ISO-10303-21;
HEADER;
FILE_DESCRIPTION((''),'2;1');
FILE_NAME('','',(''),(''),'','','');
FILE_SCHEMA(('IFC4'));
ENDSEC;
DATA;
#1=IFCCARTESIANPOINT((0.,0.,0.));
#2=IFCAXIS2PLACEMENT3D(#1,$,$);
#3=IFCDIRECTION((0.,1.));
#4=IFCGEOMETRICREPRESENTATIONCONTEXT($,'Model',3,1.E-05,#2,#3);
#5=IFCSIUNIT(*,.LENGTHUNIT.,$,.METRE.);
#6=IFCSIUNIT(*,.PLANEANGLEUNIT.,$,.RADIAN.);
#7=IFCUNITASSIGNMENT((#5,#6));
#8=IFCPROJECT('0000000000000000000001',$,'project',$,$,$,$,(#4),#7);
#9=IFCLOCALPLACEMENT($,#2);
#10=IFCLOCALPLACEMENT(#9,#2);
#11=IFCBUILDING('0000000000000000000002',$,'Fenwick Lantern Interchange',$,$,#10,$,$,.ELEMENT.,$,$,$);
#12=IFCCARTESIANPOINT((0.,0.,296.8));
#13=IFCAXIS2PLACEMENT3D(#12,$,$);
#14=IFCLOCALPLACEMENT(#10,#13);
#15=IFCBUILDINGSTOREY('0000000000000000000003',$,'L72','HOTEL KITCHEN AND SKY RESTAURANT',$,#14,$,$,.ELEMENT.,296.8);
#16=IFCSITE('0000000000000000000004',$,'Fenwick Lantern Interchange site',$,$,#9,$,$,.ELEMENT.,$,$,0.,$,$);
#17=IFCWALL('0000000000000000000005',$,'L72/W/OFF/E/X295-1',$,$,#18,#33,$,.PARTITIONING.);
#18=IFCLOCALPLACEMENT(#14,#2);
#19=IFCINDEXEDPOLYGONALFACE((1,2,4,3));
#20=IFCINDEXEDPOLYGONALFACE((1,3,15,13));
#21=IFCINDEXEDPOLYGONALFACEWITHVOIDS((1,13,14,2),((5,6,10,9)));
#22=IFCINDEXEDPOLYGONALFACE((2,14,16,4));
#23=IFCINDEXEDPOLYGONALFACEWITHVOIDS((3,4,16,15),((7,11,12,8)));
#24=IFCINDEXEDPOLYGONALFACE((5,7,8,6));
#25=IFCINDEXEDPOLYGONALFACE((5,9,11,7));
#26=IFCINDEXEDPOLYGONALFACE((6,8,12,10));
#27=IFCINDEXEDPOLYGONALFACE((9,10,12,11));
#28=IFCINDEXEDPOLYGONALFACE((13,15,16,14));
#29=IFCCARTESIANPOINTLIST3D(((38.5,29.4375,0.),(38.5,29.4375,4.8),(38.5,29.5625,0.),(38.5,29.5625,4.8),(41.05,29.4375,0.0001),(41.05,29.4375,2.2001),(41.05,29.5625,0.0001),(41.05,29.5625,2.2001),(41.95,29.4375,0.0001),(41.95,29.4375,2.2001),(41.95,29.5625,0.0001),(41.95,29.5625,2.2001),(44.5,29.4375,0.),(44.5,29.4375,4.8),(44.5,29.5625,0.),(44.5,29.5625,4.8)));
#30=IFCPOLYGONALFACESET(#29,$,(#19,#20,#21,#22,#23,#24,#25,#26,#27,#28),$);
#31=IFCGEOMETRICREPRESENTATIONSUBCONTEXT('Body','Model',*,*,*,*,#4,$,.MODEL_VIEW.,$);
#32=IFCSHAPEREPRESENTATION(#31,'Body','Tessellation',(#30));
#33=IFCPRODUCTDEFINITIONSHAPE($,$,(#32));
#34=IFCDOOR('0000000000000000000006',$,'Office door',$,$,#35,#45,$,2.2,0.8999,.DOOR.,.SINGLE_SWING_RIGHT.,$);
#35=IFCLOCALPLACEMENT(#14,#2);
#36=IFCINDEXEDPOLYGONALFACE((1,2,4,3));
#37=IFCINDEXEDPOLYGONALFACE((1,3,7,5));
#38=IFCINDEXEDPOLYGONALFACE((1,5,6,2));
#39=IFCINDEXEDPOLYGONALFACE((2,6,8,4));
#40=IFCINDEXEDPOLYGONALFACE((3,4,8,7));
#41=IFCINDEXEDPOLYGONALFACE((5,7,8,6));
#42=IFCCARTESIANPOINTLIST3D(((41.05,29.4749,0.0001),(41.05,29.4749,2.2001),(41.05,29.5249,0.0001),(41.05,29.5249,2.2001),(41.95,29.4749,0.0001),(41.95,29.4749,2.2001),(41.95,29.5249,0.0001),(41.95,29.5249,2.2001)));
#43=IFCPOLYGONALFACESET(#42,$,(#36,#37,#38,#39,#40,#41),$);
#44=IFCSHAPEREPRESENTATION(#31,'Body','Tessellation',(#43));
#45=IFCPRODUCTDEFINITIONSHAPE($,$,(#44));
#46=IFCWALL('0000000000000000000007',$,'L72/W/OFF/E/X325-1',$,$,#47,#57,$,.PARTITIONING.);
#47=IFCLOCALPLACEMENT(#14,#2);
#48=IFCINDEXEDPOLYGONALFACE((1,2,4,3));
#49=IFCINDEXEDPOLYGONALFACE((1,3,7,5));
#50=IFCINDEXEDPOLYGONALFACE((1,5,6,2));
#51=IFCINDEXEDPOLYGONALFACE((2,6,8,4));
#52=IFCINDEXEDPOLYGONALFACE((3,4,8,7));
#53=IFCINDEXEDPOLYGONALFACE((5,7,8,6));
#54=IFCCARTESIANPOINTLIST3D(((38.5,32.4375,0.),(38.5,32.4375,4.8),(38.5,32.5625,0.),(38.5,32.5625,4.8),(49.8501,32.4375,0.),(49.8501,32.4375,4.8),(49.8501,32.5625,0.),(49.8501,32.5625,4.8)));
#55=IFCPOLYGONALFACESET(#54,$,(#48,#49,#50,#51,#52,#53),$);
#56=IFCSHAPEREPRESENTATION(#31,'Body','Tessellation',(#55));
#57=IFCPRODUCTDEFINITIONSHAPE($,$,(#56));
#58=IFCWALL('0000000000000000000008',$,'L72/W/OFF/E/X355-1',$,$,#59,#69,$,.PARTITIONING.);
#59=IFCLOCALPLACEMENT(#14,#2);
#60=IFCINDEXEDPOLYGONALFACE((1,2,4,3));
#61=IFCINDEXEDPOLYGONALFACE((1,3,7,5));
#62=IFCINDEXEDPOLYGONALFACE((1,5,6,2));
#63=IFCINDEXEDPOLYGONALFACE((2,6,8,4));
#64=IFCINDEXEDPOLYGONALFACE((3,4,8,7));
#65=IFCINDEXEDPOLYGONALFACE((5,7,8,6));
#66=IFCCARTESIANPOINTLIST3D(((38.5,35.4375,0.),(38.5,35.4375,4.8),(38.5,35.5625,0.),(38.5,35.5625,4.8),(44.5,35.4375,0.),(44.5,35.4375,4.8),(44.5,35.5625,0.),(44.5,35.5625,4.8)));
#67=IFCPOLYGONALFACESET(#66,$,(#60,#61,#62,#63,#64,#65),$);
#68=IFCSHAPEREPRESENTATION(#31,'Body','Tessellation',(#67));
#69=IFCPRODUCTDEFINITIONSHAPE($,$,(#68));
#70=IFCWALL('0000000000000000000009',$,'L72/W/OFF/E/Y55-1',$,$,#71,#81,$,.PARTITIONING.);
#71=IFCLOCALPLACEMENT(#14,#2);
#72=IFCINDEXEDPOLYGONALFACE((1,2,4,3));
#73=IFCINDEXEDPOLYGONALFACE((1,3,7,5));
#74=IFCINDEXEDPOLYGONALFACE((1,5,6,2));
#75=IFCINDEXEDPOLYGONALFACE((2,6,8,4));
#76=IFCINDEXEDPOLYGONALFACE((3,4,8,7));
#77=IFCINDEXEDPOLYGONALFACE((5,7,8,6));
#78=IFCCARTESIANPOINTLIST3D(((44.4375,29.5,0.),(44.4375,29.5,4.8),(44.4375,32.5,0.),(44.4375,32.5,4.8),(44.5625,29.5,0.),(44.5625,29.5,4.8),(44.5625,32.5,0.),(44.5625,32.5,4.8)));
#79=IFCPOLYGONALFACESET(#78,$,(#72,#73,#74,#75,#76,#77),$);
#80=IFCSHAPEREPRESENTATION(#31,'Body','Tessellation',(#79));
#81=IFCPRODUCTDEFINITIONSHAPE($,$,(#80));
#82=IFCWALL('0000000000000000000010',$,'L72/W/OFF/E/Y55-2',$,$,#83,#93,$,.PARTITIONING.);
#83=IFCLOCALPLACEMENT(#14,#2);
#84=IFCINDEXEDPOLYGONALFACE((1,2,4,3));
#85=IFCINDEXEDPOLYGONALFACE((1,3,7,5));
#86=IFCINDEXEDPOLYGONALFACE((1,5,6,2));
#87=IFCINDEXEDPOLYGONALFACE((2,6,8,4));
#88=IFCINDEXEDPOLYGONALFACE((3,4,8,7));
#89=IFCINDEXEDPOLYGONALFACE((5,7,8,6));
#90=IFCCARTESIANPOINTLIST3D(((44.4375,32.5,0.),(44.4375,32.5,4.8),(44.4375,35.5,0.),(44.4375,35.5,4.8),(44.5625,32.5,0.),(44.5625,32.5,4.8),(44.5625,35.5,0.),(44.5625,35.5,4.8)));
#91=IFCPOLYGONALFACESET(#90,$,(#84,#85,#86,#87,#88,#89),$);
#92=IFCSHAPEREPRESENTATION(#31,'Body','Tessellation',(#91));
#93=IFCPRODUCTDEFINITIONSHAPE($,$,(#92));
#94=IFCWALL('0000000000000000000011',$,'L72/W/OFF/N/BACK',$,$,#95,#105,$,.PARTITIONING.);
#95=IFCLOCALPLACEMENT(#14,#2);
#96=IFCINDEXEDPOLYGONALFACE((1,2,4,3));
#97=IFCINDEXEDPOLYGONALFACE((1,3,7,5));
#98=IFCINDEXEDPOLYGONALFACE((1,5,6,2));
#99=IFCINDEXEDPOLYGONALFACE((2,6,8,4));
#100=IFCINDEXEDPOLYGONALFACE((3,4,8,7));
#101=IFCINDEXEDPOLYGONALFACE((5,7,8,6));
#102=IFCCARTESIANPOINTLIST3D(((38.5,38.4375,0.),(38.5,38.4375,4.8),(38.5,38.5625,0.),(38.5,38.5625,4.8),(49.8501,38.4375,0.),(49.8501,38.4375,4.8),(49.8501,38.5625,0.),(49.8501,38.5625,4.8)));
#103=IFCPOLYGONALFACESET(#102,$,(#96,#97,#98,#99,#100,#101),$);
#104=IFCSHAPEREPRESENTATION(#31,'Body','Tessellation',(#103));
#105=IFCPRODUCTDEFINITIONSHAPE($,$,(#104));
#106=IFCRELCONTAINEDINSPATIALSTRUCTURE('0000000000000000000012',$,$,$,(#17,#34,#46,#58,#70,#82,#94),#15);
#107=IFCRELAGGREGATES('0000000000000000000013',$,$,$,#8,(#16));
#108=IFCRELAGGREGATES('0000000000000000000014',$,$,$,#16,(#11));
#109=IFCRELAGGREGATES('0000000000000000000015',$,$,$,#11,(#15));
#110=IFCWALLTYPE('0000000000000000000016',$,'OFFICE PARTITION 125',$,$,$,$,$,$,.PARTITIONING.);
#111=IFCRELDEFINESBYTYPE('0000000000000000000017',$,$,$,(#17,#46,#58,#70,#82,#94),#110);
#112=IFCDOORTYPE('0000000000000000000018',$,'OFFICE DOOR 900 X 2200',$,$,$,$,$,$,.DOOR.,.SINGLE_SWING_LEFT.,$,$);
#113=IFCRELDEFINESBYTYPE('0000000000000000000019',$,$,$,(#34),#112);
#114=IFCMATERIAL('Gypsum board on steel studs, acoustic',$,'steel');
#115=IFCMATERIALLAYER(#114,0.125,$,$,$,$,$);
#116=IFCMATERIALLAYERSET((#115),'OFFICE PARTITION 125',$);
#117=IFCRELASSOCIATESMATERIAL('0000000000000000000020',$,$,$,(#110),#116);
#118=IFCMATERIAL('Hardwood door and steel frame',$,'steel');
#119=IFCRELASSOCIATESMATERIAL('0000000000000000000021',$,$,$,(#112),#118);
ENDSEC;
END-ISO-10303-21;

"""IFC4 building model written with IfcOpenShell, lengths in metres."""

from ifc_helpers import new_model, si_unit, direction, frame, frame_2d, origin, place, context, subcontext, project, spatial, rectangle, extrude, material, layer, layer_set, type_object, element, fill, save


model = new_model("IFC4")

# Units and contexts
model_context = context("Model", 3, precision=1e-05, world=origin(), true_north=direction((0.0, 1.0)))
body_context = subcontext(model_context, "Body", "Model", "MODEL_VIEW")
ifc_project = project(units=[si_unit("LENGTHUNIT", "METRE"), si_unit("PLANEANGLEUNIT", "RADIAN")], contexts=[model_context])

# Site, building, storey
site_placement = place(None, origin())
site = spatial("IfcSite", under=ifc_project, at=site_placement, Name="Fenwick Lantern Interchange site", CompositionType="ELEMENT", RefElevation=0.0)
building_placement = place(site_placement, origin())
building = spatial("IfcBuilding", under=site, at=building_placement, Name="Fenwick Lantern Interchange", CompositionType="ELEMENT")
storey_placement = place(building_placement, frame((0.0, 0.0, 296.8)))
storey = spatial("IfcBuildingStorey", under=building, at=storey_placement, Name="L72", Description="HOTEL KITCHEN AND SKY RESTAURANT", CompositionType="ELEMENT", Elevation=296.8)

# Wall, opening, door
ifc_material_1 = material(Name="Gypsum board on steel studs, acoustic", Category="steel")
ifc_layer_1 = layer(ifc_material_1, 0.125)
ifc_layer_set_1 = layer_set([ifc_layer_1], Name="OFFICE PARTITION 125")
wall_type_1 = type_object("IfcWallType", Name="OFFICE PARTITION 125", PredefinedType="PARTITIONING", material=ifc_layer_set_1)
wall_1_placement = place(storey_placement, frame((44.5, 29.5, 0.0), z_axis=(0.0, 0.0, 1.0), x_axis=(-1.0, 0.0, 0.0)))
wall_1 = element("IfcWall", 1, at=wall_1_placement, inside=storey, type_object=wall_type_1, Name="L72/W/OFF/E/X295-1", PredefinedType="PARTITIONING", context=body_context, shape_type="SweptSolid", body=[
    extrude(rectangle(XDim=6.0, YDim=0.125, at=frame_2d((3.0, 0.0))), origin(), (0.0, 0.0, 1.0), 4.8),
])
opening_placement = place(wall_1_placement, frame((2.55, 0.0, 0.0)))
opening = element("IfcOpeningElement", 2, at=opening_placement, cuts=wall_1, PredefinedType="OPENING", context=body_context, shape_type="SweptSolid", body=[
    extrude(rectangle(XDim=0.8999, YDim=2.2, at=frame_2d((0.45, 1.1001))), frame((0.0, 0.0725, 0.0), z_axis=(0.0, -1.0, 0.0), x_axis=(1.0, 0.0, 0.0)), (0.0, 0.0, 1.0), 0.145),
])
ifc_material_2 = material(Name="Hardwood door and steel frame", Category="steel")
door_type = type_object("IfcDoorType", Name="OFFICE DOOR 900 X 2200", OperationType="SINGLE_SWING_LEFT", PredefinedType="DOOR", material=ifc_material_2)
door_placement = place(opening_placement, frame((0.8999, 0.0, 0.0), z_axis=(0.0, 0.0, 1.0), x_axis=(-1.0, 0.0, 0.0)))
door = element("IfcDoor", 3, at=door_placement, inside=storey, type_object=door_type, Name="Office door", OperationType="SINGLE_SWING_RIGHT", OverallHeight=2.2, OverallWidth=0.8999, PredefinedType="DOOR", context=body_context, shape_type="SweptSolid", body=[
    extrude(rectangle(XDim=0.8999, YDim=2.2, at=frame_2d((0.45, 1.1001))), frame((0.0, 0.0249, 0.0), z_axis=(0.0, -1.0, 0.0), x_axis=(1.0, 0.0, 0.0)), (0.0, 0.0, 1.0), 0.05),
])
fill(opening, door)

# Walls
wall_2_placement = place(storey_placement, frame((49.8501, 32.5, 0.0), z_axis=(0.0, 0.0, 1.0), x_axis=(-1.0, 0.0, 0.0)))
element("IfcWall", 4, at=wall_2_placement, inside=storey, type_object=wall_type_1, Name="L72/W/OFF/E/X325-1", PredefinedType="PARTITIONING", context=body_context, shape_type="SweptSolid", body=[
    extrude(rectangle(XDim=11.3501, YDim=0.125, at=frame_2d((5.675, 0.0))), origin(), (0.0, 0.0, 1.0), 4.8),
])
wall_3_placement = place(storey_placement, frame((44.5, 35.5, 0.0), z_axis=(0.0, 0.0, 1.0), x_axis=(-1.0, 0.0, 0.0)))
element("IfcWall", 5, at=wall_3_placement, inside=storey, type_object=wall_type_1, Name="L72/W/OFF/E/X355-1", PredefinedType="PARTITIONING", context=body_context, shape_type="SweptSolid", body=[
    extrude(rectangle(XDim=6.0, YDim=0.125, at=frame_2d((3.0, 0.0))), origin(), (0.0, 0.0, 1.0), 4.8),
])
for number, where, z_axis, x_axis, name in (
    (6, (44.5, 29.5, 0.0), (0.0, 0.0, 1.0), (0.0, 1.0, 0.0), "L72/W/OFF/E/Y55-1"),
    (7, (44.5, 32.5, 0.0), (0.0, 0.0, 1.0), (0.0, 1.0, 0.0), "L72/W/OFF/E/Y55-2"),
):
    element("IfcWall", number, at=place(storey_placement, frame(where, z_axis=z_axis, x_axis=x_axis)), inside=storey, type_object=wall_type_1, Name=name, PredefinedType="PARTITIONING", context=body_context, shape_type="SweptSolid", body=[
        extrude(rectangle(XDim=3.0, YDim=0.125, at=frame_2d((1.5, 0.0))), origin(), (0.0, 0.0, 1.0), 4.8),
    ])
wall_4_placement = place(storey_placement, frame((49.8501, 38.5, 0.0), z_axis=(0.0, 0.0, 1.0), x_axis=(-1.0, 0.0, 0.0)))
element("IfcWall", 8, at=wall_4_placement, inside=storey, type_object=wall_type_1, Name="L72/W/OFF/N/BACK", PredefinedType="PARTITIONING", context=body_context, shape_type="SweptSolid", body=[
    extrude(rectangle(XDim=11.3501, YDim=0.125, at=frame_2d((5.675, 0.0))), origin(), (0.0, 0.0, 1.0), 4.8),
])

save(model, "model.ifc")
